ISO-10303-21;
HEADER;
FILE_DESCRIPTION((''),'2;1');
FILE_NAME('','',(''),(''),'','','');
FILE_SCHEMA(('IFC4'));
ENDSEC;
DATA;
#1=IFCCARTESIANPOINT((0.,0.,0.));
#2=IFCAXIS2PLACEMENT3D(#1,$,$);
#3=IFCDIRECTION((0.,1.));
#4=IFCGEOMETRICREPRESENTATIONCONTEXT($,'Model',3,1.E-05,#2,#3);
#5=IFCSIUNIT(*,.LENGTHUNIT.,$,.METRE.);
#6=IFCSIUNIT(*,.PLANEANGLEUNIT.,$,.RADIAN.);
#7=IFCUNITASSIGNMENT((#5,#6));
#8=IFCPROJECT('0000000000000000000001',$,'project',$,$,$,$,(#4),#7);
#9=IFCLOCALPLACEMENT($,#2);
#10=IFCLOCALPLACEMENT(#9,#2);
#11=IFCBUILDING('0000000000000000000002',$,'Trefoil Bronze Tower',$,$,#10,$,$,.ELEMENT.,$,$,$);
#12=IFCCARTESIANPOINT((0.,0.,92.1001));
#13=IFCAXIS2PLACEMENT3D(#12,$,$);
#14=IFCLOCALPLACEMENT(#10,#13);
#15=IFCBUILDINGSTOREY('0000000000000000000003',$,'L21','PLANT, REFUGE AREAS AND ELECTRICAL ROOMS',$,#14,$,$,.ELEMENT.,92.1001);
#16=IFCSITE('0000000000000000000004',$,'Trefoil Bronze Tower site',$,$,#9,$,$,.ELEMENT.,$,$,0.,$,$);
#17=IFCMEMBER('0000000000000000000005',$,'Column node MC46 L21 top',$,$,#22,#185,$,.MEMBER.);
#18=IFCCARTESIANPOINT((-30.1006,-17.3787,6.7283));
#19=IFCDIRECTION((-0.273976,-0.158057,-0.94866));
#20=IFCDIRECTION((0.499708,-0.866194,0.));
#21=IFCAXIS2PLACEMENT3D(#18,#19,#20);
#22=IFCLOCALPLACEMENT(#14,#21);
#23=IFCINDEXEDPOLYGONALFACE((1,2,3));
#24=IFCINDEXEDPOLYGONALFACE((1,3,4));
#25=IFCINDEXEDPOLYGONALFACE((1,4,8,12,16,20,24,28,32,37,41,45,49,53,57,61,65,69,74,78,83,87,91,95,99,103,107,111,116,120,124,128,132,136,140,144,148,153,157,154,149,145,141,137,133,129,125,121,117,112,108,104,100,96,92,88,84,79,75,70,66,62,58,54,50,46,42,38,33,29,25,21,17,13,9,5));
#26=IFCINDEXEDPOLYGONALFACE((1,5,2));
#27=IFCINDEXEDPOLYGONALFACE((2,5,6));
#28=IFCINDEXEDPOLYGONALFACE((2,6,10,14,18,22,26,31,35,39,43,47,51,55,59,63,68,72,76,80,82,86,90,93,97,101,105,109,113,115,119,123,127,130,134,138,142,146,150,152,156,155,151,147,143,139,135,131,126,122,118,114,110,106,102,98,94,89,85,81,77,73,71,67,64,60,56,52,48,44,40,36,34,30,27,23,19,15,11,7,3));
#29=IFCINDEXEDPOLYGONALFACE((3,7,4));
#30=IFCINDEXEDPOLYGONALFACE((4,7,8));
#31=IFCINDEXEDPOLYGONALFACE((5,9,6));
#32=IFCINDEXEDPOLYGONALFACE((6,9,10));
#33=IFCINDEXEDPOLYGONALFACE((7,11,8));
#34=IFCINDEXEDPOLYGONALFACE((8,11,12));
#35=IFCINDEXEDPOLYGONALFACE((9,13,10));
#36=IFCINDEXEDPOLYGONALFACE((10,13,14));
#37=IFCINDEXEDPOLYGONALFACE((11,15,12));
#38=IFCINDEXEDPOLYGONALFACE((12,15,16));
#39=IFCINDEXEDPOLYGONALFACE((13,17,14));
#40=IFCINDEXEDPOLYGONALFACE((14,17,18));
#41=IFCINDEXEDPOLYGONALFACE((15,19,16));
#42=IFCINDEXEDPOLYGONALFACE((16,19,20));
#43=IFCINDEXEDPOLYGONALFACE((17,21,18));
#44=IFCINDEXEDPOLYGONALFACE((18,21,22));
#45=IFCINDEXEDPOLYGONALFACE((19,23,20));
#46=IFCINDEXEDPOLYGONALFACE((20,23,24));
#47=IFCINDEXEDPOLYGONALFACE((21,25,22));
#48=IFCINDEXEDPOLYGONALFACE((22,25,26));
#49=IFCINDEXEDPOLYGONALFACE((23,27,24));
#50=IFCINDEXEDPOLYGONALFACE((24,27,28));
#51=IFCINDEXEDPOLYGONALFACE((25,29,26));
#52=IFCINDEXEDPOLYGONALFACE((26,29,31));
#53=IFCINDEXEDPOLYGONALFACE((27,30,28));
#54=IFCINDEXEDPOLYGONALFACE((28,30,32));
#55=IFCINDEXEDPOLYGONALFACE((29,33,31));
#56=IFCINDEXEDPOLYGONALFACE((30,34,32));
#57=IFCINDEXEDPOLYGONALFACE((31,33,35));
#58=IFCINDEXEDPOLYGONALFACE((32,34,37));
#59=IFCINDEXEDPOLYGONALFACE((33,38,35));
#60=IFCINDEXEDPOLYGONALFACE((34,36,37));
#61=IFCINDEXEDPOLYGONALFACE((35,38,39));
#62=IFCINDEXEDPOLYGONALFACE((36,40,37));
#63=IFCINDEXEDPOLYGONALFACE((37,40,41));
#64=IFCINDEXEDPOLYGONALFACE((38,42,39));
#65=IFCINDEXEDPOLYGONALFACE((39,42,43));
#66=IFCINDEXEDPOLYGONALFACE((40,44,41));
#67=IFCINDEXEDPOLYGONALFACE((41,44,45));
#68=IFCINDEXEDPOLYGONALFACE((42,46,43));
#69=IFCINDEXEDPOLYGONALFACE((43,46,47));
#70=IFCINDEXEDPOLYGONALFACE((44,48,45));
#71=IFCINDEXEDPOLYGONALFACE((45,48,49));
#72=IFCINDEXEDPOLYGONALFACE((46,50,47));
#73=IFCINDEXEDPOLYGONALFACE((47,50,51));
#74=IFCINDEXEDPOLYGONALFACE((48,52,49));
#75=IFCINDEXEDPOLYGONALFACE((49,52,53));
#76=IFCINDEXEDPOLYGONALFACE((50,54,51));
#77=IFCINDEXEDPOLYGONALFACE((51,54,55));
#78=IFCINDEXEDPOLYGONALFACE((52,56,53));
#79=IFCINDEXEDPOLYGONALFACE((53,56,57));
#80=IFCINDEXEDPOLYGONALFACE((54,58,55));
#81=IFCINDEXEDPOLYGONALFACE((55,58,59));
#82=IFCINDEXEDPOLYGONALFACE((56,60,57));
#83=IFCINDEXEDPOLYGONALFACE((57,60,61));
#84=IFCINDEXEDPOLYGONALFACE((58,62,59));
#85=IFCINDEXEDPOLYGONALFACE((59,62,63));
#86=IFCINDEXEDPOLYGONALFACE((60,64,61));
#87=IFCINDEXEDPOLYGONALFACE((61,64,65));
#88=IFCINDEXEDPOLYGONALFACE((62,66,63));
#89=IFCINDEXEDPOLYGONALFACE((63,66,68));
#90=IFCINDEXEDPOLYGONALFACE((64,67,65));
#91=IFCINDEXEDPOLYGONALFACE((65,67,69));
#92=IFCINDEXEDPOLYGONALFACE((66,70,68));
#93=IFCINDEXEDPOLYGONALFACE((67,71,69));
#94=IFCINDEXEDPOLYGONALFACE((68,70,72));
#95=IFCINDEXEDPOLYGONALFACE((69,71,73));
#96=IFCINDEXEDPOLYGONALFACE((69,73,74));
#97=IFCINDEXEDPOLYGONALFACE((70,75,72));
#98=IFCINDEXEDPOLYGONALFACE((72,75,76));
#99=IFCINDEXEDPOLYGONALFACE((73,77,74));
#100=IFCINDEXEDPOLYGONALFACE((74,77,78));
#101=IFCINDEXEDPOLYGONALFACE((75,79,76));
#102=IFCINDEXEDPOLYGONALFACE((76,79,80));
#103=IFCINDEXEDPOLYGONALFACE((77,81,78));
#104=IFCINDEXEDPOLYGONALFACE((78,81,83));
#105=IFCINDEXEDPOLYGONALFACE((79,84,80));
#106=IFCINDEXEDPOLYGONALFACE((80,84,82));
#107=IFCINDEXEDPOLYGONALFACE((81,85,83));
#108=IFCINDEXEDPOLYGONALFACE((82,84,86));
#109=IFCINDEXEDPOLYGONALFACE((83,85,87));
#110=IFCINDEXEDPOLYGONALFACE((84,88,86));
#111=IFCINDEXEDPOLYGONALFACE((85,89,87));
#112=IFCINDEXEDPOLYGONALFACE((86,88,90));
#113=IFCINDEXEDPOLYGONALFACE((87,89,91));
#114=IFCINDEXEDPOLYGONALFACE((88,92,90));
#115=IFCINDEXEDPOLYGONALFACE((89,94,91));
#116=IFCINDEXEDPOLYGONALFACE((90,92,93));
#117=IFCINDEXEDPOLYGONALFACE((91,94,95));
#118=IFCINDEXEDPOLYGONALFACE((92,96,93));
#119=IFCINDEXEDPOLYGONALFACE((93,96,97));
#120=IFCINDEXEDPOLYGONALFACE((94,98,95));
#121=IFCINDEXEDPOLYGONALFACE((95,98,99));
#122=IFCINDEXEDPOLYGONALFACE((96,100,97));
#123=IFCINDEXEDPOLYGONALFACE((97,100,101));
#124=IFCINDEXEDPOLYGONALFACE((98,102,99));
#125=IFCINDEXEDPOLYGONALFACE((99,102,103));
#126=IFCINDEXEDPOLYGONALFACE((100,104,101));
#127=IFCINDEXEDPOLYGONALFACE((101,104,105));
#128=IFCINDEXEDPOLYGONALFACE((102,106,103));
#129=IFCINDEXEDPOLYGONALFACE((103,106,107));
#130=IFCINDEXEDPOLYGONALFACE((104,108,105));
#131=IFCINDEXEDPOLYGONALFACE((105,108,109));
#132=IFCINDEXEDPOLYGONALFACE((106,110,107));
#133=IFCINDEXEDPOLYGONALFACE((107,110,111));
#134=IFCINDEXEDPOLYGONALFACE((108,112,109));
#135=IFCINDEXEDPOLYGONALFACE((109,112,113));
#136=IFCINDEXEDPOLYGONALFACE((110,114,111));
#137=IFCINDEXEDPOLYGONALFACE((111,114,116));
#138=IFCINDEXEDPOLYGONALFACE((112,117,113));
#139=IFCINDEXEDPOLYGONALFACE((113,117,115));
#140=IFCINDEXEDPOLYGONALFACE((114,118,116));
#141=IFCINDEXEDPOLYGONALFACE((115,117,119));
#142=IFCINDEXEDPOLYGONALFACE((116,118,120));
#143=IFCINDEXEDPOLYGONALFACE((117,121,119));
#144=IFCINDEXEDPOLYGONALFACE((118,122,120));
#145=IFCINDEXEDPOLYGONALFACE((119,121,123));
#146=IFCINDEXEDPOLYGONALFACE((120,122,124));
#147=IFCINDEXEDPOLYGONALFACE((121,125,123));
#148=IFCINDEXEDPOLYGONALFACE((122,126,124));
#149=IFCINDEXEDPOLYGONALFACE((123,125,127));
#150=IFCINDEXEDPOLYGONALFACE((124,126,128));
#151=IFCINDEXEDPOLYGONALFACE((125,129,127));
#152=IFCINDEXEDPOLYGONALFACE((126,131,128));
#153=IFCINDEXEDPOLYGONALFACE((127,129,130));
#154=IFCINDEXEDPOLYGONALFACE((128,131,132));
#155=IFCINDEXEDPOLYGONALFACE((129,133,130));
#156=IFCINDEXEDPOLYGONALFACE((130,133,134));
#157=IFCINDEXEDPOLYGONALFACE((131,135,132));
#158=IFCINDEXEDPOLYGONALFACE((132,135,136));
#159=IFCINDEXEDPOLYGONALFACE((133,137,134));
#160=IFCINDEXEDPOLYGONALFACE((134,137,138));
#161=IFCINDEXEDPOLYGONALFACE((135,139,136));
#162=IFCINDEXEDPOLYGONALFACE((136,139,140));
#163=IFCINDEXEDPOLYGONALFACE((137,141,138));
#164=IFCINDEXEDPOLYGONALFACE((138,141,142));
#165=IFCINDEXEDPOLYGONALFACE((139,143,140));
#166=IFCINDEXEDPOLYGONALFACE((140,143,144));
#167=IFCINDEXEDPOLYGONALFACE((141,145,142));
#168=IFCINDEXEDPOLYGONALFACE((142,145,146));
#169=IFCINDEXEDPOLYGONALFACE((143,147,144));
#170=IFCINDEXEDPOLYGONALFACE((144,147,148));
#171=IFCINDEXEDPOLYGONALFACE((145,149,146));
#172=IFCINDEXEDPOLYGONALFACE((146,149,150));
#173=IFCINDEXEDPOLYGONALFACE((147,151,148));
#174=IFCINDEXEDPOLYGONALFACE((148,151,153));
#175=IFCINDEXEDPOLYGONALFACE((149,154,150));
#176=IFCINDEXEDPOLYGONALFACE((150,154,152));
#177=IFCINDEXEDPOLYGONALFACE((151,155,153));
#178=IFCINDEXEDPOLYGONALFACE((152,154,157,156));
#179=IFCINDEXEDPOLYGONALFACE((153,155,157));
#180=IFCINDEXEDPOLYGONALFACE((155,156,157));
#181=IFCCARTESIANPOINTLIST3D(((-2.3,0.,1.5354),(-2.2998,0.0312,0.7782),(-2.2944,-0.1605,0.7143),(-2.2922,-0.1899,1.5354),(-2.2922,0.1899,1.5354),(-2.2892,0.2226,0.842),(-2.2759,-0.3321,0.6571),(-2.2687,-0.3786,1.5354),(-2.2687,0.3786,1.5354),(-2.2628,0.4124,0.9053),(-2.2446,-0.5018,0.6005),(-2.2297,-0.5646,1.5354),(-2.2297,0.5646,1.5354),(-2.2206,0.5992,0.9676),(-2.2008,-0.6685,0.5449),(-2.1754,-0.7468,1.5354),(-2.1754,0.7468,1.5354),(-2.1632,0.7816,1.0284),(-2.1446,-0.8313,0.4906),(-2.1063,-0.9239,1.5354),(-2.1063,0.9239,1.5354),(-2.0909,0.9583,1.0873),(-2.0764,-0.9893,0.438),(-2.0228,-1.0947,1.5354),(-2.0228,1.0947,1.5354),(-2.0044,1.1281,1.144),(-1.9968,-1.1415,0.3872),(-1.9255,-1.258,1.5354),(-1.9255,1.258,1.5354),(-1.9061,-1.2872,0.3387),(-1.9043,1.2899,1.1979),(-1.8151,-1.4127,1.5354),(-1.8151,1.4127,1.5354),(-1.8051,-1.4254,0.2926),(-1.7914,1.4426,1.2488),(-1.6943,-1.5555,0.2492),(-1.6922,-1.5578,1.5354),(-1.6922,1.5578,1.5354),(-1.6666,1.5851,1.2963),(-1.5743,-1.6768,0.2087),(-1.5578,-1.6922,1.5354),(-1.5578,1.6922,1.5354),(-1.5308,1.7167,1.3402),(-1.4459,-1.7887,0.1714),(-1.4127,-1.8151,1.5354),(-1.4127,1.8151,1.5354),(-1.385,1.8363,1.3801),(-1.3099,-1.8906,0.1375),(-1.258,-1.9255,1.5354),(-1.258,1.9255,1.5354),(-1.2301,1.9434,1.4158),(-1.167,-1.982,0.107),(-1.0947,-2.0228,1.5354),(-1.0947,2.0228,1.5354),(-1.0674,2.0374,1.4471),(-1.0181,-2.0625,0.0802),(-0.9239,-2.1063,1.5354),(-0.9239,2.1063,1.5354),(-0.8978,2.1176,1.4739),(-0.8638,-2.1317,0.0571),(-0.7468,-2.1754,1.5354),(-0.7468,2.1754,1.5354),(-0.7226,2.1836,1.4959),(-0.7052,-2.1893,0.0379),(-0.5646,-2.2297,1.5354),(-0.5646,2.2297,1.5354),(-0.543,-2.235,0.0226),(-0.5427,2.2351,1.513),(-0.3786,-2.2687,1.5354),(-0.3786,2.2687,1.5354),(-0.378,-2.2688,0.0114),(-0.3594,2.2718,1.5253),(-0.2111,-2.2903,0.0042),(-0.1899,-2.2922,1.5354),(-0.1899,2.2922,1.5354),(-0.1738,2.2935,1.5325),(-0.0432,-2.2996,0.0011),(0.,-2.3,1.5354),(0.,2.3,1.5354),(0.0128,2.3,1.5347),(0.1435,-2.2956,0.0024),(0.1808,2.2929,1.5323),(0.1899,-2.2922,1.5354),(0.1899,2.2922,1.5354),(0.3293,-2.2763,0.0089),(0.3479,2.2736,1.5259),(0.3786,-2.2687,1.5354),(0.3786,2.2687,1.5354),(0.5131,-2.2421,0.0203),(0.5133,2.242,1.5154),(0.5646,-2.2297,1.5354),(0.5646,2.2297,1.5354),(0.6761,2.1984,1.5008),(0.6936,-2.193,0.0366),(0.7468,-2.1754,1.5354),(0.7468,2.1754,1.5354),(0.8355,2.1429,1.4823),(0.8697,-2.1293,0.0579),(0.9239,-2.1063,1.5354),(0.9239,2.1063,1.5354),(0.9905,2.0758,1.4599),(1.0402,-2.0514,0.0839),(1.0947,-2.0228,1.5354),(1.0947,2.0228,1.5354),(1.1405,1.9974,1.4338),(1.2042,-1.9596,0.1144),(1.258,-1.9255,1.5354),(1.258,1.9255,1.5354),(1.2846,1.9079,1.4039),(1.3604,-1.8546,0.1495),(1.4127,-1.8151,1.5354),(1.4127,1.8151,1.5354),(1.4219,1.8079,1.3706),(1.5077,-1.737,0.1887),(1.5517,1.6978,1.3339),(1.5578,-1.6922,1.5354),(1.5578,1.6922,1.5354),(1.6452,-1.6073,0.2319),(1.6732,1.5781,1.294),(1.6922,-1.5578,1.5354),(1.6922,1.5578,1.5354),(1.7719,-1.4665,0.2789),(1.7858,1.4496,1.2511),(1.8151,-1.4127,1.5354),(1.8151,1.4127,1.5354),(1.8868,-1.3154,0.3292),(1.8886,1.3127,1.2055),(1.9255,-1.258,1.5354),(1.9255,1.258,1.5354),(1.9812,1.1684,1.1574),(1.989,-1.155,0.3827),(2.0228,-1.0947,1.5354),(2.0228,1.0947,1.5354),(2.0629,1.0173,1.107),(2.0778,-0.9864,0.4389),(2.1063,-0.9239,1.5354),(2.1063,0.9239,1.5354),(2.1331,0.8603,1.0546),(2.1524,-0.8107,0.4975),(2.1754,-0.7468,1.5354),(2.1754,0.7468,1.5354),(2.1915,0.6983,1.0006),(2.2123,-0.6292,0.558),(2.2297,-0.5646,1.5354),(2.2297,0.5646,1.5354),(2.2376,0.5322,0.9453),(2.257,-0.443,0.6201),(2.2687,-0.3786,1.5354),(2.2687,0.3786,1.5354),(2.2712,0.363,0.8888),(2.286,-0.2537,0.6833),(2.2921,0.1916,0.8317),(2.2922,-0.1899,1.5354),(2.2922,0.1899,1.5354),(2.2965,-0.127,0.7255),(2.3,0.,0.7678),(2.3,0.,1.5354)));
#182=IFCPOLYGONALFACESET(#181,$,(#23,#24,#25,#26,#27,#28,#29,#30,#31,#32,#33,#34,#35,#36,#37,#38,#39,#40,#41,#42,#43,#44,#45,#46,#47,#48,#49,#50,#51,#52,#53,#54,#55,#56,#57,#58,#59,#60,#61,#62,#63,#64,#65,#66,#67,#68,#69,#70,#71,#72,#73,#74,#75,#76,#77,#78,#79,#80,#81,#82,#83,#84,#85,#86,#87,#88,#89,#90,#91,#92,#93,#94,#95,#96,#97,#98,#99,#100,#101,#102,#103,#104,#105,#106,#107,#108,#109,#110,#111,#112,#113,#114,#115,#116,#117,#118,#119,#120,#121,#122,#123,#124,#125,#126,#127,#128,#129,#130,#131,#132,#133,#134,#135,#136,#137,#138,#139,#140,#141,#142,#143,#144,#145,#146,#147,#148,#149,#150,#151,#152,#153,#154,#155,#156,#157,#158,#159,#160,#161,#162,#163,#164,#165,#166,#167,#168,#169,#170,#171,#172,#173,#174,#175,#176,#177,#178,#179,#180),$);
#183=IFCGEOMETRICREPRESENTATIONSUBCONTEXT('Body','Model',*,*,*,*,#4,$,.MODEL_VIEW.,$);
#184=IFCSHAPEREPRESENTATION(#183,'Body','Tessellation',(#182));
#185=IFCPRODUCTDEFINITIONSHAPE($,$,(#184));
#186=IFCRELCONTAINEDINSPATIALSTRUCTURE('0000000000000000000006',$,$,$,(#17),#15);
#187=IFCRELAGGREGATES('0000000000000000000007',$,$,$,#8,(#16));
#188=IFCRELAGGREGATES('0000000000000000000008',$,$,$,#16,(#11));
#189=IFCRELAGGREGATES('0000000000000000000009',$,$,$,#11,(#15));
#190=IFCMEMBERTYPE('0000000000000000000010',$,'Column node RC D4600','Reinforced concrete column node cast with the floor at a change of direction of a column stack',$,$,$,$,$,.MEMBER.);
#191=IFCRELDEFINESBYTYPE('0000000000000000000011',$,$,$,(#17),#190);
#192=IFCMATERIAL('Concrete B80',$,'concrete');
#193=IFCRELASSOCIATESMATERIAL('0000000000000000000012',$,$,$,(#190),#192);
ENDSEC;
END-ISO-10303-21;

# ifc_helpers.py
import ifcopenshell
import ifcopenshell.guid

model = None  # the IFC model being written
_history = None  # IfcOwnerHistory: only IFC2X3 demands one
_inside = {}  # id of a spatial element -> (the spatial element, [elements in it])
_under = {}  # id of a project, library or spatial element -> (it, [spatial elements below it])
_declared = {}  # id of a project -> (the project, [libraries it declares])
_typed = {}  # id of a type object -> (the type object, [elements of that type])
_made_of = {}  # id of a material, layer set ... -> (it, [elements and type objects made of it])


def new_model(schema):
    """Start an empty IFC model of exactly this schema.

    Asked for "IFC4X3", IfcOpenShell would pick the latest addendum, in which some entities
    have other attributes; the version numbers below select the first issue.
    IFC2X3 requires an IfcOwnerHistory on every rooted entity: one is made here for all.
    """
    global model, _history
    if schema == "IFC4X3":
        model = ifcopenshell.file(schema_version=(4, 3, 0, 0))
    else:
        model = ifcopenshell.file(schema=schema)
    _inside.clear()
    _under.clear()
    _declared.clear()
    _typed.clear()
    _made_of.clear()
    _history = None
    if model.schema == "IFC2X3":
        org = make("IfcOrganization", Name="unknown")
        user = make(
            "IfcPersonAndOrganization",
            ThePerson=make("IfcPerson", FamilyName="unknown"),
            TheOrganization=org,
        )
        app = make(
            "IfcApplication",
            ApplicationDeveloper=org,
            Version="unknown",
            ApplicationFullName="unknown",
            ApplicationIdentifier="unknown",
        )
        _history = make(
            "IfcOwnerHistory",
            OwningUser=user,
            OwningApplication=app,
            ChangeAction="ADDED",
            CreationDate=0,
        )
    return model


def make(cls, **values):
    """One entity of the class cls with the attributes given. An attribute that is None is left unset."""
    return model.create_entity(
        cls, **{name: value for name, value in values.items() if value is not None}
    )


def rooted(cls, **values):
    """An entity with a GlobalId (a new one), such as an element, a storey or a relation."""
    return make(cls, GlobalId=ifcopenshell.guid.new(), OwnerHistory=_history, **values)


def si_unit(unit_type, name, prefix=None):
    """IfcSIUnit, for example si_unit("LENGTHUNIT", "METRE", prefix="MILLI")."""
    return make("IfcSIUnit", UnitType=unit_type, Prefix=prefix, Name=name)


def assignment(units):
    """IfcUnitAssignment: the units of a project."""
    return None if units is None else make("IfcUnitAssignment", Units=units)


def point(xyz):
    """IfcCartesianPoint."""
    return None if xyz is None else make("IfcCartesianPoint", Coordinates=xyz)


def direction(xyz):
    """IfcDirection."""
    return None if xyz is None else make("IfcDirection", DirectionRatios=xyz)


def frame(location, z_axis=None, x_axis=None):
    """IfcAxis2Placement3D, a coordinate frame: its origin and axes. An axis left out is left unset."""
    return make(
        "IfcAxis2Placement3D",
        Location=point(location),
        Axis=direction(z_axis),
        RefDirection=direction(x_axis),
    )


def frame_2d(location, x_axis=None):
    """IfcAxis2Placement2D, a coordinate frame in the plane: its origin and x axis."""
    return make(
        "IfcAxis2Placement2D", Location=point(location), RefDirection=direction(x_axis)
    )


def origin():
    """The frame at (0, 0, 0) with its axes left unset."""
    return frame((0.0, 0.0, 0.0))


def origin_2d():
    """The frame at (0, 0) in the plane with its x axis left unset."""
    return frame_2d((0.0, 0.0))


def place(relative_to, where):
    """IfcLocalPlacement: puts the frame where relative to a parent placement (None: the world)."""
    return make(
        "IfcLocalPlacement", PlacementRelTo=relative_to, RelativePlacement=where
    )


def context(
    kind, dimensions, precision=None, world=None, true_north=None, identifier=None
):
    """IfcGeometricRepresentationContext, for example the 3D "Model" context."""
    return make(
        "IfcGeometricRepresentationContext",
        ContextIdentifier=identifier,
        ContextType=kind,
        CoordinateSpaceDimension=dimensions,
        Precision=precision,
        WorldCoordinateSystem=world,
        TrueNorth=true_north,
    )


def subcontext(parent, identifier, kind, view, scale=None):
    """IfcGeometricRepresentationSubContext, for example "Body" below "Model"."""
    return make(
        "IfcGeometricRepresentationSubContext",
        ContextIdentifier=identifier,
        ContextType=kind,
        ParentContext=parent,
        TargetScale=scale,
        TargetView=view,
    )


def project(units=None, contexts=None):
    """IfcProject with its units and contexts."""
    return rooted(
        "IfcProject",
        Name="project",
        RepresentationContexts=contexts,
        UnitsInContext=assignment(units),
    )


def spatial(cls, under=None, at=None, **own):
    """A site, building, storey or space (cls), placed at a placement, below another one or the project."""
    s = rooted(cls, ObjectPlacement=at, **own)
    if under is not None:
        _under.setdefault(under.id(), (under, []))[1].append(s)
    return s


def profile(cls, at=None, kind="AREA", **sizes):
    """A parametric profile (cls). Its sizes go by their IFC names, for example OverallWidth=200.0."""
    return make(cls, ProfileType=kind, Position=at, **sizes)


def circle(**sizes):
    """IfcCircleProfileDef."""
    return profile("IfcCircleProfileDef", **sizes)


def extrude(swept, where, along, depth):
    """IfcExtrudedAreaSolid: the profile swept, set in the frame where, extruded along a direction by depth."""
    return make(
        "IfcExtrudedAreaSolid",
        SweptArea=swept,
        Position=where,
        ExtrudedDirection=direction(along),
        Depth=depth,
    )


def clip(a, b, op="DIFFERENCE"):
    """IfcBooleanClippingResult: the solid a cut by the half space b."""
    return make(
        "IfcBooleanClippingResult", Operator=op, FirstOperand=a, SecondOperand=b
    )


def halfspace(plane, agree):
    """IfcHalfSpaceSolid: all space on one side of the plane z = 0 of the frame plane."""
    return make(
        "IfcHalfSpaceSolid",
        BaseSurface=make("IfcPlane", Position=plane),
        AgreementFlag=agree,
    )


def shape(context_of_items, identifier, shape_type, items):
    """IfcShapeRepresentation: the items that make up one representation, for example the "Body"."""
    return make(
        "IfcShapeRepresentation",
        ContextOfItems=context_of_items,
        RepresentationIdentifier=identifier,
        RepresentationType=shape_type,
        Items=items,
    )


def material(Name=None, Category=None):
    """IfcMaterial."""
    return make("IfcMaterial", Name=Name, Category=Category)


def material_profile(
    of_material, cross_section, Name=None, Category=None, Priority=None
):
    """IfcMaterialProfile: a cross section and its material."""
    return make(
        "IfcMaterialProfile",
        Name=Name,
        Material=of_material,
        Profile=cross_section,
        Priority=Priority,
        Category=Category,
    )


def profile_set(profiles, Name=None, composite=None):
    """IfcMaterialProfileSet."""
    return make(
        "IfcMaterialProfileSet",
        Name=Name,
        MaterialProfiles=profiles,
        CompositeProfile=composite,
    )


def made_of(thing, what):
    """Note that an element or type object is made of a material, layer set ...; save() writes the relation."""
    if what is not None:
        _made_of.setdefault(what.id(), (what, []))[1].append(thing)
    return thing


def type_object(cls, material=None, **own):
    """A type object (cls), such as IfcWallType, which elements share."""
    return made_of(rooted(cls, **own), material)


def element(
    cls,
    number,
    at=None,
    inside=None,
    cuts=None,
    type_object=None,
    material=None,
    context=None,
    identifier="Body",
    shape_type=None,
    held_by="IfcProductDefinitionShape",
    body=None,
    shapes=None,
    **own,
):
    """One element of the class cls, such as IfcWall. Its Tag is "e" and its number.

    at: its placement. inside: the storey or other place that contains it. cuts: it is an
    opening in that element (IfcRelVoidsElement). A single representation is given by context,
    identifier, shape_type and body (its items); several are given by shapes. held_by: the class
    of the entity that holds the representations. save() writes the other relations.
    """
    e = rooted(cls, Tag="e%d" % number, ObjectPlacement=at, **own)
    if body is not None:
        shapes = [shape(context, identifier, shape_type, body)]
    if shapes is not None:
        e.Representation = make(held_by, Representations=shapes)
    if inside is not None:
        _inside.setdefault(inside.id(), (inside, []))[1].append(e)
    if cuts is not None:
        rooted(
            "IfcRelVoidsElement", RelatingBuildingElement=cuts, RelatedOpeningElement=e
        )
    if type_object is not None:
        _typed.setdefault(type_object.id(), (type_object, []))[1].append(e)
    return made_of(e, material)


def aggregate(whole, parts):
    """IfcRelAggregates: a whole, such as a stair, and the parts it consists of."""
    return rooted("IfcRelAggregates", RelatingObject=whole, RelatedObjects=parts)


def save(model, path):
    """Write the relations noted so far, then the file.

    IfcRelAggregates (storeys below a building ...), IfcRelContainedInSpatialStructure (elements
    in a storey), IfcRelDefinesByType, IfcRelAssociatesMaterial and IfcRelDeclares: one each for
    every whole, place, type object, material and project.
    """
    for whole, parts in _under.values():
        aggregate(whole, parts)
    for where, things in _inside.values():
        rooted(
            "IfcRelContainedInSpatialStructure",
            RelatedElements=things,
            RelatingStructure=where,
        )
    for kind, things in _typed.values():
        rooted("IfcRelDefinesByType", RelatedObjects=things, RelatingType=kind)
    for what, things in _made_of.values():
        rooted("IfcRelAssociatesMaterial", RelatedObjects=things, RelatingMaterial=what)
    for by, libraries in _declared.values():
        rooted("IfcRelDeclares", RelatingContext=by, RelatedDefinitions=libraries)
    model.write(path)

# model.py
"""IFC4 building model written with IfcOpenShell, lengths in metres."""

from ifc_helpers import new_model, si_unit, direction, frame, origin, origin_2d, place, context, subcontext, project, spatial, circle, extrude, clip, halfspace, material, material_profile, profile_set, type_object, element, save


model = new_model("IFC4")

# Units and contexts
model_context = context("Model", 3, precision=1e-05, world=origin(), true_north=direction((0.0, 1.0)))
body_context = subcontext(model_context, "Body", "Model", "MODEL_VIEW")
ifc_project = project(units=[si_unit("LENGTHUNIT", "METRE"), si_unit("PLANEANGLEUNIT", "RADIAN")], contexts=[model_context])

# Site, building, storey
site_placement = place(None, origin())
site = spatial("IfcSite", under=ifc_project, at=site_placement, Name="Trefoil Bronze Tower site", CompositionType="ELEMENT", RefElevation=0.0)
building_placement = place(site_placement, origin())
building = spatial("IfcBuilding", under=site, at=building_placement, Name="Trefoil Bronze Tower", CompositionType="ELEMENT")
storey_placement = place(building_placement, frame((0.0, 0.0, 92.1001)))
storey = spatial("IfcBuildingStorey", under=building, at=storey_placement, Name="L21", Description="PLANT, REFUGE AREAS AND ELECTRICAL ROOMS", CompositionType="ELEMENT", Elevation=92.1001)

# Member
ifc_material_1 = material(Name="Concrete B80", Category="concrete")
ifc_material_profile_1 = material_profile(ifc_material_1, circle(Radius=2.3, at=origin_2d()), Name="RC D4600")
ifc_profile_set_1 = profile_set([ifc_material_profile_1], Name="Concrete B80")
member_type = type_object("IfcMemberType", Name="Column node RC D4600", Description="Reinforced concrete column node cast with the floor at a change of direction of a column stack", PredefinedType="MEMBER", material=ifc_profile_set_1)
member_1_placement = place(storey_placement, frame((-30.1006, -17.3787, 6.7283), z_axis=(-0.273976, -0.158057, -0.94866), x_axis=(0.499708, -0.866194, 0.0)))
element("IfcMember", 1, at=member_1_placement, inside=storey, type_object=member_type, Name="Column node MC46 L21 top", PredefinedType="MEMBER", context=body_context, shape_type="Clipping", body=[
    clip(extrude(circle(Radius=2.3, at=origin_2d()), origin(), (0.0, 0.0, 1.0), 1.5354), halfspace(frame((0.0, 0.0, 0.7678), z_axis=(0.0, -0.316299, 0.94866), x_axis=(0.0, 0.94866, 0.316299)), True)),
])

save(model, "model.ifc")
